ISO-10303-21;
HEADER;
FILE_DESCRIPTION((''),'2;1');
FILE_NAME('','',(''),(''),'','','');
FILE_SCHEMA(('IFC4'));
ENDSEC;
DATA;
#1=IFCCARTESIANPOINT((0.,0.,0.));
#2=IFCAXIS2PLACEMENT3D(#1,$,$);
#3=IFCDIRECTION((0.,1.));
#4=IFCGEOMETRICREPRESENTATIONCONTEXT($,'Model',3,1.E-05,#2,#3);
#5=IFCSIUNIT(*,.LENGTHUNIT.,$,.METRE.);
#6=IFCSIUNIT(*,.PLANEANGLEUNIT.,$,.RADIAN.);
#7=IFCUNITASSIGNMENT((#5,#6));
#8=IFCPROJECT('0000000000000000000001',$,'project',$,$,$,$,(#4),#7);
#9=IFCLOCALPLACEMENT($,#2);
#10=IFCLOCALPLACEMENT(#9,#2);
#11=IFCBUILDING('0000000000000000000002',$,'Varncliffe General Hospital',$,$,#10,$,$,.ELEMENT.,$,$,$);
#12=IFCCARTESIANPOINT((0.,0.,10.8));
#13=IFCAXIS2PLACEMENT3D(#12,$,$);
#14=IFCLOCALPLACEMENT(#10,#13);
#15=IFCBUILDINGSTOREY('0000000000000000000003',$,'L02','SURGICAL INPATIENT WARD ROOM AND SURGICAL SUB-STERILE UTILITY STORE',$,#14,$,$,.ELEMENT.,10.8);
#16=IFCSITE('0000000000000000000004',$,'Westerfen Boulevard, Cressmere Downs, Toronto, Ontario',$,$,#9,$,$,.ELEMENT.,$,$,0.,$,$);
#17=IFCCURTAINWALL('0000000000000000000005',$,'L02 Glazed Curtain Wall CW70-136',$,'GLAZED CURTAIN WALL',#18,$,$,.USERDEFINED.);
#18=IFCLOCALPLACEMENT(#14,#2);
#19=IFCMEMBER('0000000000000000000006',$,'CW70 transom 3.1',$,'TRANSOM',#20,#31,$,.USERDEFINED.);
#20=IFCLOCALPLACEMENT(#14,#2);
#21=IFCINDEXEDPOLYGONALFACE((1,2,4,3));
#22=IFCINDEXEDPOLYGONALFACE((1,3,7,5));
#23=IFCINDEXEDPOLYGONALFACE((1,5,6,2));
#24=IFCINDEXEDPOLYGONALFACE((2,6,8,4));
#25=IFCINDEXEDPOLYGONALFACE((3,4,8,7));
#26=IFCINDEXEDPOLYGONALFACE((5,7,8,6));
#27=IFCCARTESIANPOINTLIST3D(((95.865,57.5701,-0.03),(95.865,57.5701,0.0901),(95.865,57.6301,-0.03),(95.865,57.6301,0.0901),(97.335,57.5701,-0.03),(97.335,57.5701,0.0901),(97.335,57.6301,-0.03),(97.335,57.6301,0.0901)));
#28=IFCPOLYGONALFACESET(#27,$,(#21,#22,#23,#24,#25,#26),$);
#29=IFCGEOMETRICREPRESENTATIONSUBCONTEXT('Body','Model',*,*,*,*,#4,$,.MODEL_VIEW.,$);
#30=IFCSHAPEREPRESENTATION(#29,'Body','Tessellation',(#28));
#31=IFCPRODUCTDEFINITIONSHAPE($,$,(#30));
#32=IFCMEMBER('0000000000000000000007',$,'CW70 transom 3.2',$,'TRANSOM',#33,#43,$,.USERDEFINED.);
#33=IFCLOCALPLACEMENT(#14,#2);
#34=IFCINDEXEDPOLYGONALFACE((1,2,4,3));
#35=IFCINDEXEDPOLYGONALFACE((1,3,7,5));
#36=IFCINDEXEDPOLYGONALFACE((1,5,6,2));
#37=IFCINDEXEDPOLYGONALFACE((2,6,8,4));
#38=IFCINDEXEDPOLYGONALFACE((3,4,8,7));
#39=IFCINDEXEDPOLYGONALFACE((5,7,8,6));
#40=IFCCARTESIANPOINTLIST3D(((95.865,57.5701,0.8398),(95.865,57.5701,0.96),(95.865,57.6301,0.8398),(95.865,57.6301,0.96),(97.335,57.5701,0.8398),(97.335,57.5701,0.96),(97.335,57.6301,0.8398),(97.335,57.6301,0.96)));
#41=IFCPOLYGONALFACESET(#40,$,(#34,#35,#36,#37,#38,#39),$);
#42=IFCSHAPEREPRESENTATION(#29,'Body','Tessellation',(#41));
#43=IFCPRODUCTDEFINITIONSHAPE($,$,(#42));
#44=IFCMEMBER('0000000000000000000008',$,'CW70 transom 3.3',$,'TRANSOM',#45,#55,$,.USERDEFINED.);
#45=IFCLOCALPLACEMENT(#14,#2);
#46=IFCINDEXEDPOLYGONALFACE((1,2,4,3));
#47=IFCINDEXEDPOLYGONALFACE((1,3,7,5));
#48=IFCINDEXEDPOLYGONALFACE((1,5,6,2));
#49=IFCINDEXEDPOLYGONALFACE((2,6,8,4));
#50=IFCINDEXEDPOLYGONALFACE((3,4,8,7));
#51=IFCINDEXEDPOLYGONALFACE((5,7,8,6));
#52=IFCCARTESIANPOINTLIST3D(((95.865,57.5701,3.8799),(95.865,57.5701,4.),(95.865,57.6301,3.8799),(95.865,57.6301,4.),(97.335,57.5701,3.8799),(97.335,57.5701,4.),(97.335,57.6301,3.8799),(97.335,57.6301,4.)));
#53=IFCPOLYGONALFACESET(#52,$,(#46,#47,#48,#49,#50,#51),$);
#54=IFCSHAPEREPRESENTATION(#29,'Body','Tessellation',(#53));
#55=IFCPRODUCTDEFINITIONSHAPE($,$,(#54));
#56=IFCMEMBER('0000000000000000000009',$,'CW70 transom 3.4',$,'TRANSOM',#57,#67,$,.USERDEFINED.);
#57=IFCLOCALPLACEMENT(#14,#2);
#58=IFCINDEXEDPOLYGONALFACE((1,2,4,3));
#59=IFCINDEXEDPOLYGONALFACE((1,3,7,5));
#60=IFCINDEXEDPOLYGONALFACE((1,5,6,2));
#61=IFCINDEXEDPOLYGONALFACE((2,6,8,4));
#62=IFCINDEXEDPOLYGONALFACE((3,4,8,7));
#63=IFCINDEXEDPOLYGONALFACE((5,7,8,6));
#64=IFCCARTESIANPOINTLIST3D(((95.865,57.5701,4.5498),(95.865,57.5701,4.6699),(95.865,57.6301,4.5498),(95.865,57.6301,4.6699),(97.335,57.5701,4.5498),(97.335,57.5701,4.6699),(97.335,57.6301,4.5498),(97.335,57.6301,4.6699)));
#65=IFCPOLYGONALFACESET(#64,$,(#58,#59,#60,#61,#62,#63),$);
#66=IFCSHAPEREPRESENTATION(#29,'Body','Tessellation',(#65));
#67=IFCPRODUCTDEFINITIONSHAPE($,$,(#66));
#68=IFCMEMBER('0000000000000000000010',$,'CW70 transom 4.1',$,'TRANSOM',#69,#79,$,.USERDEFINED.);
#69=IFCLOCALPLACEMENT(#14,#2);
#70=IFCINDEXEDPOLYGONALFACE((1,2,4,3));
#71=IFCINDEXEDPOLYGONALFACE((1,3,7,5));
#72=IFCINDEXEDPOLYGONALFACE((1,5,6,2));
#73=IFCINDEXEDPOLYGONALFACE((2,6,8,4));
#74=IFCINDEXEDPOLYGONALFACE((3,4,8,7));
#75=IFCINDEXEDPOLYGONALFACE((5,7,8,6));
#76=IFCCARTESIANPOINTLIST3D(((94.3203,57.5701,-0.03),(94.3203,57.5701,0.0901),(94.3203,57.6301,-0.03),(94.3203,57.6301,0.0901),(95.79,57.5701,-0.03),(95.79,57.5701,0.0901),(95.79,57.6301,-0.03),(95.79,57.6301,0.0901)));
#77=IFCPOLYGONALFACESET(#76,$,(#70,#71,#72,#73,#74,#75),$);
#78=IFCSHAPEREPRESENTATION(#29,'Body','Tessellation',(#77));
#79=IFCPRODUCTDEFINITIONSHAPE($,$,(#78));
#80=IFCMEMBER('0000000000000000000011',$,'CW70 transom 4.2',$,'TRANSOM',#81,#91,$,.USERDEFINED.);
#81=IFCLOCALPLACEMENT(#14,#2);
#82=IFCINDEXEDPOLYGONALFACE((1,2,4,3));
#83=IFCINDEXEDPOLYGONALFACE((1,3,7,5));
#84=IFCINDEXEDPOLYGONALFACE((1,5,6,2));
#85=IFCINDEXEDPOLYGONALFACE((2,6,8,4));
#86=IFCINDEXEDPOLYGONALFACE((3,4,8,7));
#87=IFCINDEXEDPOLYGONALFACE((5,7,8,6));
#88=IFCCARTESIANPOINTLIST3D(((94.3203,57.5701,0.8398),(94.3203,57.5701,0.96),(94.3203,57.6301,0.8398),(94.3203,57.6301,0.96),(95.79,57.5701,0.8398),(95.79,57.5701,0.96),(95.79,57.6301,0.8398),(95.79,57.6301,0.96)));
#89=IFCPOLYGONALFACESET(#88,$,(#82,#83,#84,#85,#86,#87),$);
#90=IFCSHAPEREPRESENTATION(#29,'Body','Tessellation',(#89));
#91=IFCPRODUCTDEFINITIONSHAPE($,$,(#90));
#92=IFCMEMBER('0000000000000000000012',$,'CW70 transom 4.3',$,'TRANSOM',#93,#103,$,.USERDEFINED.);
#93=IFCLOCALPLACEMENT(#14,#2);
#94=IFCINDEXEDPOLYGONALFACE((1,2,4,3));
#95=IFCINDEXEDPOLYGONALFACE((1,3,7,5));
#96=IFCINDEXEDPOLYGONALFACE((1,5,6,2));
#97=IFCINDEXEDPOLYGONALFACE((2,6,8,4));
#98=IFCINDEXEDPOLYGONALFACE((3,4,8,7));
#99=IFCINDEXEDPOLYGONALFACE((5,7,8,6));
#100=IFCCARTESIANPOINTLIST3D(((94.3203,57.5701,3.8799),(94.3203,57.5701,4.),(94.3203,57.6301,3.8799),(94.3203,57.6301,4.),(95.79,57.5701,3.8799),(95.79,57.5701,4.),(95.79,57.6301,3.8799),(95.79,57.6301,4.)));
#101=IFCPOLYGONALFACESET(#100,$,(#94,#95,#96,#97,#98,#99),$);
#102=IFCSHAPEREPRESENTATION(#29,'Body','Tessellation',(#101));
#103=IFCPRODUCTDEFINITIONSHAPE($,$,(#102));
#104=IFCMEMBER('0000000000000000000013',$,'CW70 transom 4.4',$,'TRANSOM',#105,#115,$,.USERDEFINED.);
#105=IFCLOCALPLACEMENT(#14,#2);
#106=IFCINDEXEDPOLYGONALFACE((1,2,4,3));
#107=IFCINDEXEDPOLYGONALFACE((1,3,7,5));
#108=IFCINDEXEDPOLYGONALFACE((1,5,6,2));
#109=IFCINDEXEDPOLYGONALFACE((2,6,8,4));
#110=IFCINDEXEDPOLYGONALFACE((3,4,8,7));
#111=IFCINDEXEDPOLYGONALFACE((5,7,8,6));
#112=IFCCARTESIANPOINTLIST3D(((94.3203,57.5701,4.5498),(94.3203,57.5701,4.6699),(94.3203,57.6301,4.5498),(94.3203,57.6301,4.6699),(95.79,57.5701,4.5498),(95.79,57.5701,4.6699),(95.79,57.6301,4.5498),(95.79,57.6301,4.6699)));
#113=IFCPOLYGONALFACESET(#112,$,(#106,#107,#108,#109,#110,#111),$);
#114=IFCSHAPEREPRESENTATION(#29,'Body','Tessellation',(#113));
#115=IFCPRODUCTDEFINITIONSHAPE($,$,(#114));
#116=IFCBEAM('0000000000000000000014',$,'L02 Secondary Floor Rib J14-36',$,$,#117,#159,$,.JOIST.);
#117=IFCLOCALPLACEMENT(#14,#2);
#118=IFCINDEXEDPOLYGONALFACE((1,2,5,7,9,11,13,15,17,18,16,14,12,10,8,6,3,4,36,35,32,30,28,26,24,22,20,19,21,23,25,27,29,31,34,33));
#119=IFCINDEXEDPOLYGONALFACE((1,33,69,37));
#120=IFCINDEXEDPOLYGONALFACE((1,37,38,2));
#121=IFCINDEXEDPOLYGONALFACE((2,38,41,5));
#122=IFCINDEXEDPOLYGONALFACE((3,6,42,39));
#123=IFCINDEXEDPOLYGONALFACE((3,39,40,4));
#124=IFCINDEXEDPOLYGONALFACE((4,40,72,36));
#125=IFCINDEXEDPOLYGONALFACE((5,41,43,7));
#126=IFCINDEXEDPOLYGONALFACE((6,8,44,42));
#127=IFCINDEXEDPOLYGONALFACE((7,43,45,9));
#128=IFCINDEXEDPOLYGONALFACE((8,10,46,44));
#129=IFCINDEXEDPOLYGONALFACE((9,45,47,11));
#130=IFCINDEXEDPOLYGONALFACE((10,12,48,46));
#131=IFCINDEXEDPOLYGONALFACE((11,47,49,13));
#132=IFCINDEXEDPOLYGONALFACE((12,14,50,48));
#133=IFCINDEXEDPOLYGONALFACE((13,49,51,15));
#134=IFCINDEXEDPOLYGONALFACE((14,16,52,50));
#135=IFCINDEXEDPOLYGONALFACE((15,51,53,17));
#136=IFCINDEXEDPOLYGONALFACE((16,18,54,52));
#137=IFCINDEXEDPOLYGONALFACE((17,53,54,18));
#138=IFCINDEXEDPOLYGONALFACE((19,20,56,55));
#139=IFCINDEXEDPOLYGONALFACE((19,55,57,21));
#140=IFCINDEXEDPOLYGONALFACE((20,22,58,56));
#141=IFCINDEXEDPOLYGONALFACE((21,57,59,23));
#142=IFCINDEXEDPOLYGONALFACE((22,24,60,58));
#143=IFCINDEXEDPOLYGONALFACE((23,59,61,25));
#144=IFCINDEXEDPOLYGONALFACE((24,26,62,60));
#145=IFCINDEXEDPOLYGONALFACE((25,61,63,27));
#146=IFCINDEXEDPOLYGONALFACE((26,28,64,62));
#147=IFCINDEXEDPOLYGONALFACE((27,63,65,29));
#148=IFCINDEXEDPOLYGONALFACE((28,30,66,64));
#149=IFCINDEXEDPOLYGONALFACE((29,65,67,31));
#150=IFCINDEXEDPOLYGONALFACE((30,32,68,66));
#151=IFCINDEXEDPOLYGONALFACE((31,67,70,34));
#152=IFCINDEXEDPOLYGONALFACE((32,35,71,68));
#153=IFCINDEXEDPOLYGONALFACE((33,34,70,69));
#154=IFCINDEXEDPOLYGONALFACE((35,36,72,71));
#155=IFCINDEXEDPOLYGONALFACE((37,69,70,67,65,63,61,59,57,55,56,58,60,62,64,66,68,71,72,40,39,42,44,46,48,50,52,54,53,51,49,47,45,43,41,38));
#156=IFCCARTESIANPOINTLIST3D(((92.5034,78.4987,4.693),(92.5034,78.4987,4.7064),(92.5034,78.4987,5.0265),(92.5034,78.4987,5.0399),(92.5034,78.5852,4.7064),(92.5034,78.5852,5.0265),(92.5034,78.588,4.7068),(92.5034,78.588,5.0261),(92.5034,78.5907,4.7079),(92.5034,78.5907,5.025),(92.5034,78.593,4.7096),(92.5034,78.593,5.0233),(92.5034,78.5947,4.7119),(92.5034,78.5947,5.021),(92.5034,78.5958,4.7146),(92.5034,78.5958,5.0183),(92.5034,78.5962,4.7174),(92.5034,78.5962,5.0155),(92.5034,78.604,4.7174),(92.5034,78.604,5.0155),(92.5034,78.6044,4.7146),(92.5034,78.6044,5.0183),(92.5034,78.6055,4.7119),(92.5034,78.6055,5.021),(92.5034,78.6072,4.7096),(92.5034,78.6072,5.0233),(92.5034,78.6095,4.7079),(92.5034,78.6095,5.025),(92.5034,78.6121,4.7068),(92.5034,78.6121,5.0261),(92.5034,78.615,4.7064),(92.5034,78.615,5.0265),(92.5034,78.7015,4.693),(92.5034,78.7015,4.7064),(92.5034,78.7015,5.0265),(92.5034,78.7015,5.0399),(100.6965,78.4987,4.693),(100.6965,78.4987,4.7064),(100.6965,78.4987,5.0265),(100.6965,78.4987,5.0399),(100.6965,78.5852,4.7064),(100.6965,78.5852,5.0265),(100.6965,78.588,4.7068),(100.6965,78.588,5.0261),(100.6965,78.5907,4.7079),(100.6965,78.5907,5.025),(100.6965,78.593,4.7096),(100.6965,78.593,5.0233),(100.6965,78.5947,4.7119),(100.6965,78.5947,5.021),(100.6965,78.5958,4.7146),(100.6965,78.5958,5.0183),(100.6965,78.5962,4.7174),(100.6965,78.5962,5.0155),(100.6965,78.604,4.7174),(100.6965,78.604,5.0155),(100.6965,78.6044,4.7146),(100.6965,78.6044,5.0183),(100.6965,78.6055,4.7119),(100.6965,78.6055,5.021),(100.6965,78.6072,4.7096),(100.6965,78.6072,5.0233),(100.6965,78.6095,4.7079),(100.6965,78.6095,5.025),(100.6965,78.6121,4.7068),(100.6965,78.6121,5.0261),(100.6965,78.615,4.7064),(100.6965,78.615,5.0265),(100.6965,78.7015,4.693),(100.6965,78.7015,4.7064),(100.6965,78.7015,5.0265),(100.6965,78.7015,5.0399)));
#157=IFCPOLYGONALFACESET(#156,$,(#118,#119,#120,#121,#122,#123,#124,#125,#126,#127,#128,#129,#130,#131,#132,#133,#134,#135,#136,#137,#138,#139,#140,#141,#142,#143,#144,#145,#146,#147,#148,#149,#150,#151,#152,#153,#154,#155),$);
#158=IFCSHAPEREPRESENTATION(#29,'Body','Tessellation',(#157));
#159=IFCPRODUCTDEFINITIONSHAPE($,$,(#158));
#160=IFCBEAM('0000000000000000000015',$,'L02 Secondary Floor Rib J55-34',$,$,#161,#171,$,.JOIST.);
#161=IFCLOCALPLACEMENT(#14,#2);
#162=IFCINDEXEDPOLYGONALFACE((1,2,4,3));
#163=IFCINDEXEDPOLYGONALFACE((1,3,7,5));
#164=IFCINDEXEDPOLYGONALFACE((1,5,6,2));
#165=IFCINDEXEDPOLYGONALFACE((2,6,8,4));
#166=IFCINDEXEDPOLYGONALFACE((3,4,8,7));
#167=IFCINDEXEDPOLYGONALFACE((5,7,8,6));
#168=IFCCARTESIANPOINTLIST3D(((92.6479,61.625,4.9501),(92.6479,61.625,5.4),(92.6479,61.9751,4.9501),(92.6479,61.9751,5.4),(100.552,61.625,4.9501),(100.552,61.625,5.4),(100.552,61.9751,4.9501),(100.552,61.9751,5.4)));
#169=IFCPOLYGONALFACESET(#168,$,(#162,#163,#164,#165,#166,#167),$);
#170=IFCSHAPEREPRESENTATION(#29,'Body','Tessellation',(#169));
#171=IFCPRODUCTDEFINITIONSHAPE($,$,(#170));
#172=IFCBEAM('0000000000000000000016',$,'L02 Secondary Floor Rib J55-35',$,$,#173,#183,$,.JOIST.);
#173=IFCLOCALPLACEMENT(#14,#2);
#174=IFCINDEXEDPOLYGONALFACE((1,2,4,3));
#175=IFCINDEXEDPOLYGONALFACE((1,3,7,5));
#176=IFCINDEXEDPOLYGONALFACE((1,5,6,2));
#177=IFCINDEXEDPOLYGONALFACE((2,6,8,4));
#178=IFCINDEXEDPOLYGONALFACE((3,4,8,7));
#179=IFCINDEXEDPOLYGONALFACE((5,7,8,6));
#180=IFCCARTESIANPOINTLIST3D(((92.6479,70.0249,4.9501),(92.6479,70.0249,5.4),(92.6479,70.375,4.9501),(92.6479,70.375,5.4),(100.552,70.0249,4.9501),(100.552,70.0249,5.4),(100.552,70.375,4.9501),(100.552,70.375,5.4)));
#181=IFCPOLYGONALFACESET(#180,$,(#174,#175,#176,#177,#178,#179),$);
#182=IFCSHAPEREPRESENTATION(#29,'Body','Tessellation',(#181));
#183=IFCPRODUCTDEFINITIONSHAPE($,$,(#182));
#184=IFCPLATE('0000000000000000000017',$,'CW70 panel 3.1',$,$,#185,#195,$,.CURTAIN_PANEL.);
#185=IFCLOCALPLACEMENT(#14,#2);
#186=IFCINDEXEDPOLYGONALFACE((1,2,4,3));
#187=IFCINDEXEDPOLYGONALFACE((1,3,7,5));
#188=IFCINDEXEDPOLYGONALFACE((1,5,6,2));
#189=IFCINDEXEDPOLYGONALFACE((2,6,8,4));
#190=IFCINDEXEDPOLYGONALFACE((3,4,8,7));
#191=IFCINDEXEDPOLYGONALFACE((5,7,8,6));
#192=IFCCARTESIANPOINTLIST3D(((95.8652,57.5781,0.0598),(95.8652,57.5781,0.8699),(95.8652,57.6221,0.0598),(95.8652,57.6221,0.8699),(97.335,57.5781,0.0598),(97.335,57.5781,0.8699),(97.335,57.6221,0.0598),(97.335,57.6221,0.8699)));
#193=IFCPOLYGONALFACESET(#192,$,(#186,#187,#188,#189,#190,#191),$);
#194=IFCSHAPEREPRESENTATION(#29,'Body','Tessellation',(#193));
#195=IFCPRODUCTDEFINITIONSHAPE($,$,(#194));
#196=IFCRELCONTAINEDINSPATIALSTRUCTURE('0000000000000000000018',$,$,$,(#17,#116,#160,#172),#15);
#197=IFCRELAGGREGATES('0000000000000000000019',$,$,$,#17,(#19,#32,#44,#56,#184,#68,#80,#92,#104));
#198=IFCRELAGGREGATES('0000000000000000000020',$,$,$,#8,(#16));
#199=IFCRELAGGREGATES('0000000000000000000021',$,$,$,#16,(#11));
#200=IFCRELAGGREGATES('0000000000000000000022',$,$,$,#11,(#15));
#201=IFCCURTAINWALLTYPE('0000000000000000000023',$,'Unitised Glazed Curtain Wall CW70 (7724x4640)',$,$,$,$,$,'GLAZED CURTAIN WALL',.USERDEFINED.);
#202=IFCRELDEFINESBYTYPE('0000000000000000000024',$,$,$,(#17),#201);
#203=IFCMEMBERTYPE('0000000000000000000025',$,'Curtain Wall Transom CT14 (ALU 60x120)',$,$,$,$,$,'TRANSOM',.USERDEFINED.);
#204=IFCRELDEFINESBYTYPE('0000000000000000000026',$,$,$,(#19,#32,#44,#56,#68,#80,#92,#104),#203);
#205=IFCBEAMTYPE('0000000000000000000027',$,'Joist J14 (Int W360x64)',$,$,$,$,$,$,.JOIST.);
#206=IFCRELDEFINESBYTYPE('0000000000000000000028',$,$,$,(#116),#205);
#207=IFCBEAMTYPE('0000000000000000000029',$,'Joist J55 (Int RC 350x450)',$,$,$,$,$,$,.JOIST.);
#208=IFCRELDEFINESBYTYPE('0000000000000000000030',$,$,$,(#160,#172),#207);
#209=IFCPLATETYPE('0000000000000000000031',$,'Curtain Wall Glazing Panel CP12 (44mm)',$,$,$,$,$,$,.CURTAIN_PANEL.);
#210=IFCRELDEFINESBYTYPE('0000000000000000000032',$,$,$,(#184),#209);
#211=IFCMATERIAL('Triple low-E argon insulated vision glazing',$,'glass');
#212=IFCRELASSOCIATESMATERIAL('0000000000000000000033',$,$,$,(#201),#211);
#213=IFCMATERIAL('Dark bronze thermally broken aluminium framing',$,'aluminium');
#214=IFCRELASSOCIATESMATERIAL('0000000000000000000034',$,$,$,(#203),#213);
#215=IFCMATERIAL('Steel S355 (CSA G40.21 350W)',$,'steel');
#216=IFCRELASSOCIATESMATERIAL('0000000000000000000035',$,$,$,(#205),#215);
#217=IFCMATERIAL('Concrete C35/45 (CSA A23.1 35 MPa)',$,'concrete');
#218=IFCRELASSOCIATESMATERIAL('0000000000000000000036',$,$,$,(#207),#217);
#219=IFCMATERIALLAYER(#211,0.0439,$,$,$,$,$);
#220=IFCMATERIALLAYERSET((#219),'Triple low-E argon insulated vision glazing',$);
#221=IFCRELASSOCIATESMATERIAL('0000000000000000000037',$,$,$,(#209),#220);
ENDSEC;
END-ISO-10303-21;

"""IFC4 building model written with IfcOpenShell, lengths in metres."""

from ifc_helpers import new_model, si_unit, direction, frame, origin, origin_2d, place, context, subcontext, project, spatial, rectangle, i_section, extrude, material, layer, layer_set, material_profile, profile_set, type_object, element, aggregate, save


model = new_model("IFC4")

# Units and contexts
model_context = context("Model", 3, precision=1e-05, world=origin(), true_north=direction((0.0, 1.0)))
body_context = subcontext(model_context, "Body", "Model", "MODEL_VIEW")
ifc_project = project(units=[si_unit("LENGTHUNIT", "METRE"), si_unit("PLANEANGLEUNIT", "RADIAN")], contexts=[model_context])

# Site, building, storey
site_placement = place(None, origin())
site = spatial("IfcSite", under=ifc_project, at=site_placement, Name="Westerfen Boulevard, Cressmere Downs, Toronto, Ontario", CompositionType="ELEMENT", RefElevation=0.0)
building_placement = place(site_placement, origin())
building = spatial("IfcBuilding", under=site, at=building_placement, Name="Varncliffe General Hospital", CompositionType="ELEMENT")
storey_placement = place(building_placement, frame((0.0, 0.0, 10.8)))
storey = spatial("IfcBuildingStorey", under=building, at=storey_placement, Name="L02", Description="SURGICAL INPATIENT WARD ROOM AND SURGICAL SUB-STERILE UTILITY STORE", CompositionType="ELEMENT", Elevation=10.8)

# Shared definitions
ifc_material_1 = material(Name="Concrete C35/45 (CSA A23.1 35 MPa)", Category="concrete")
ifc_material_2 = material(Name="Steel S355 (CSA G40.21 350W)", Category="steel")

# Curtain wall, members
ifc_material_3 = material(Name="Triple low-E argon insulated vision glazing", Category="glass")
curtain_wall_type = type_object("IfcCurtainWallType", Name="Unitised Glazed Curtain Wall CW70 (7724x4640)", ElementType="GLAZED CURTAIN WALL", PredefinedType="USERDEFINED", material=ifc_material_3)
curtain_wall_placement = place(storey_placement, origin())
curtain_wall = element("IfcCurtainWall", 1, at=curtain_wall_placement, inside=storey, type_object=curtain_wall_type, Name="L02 Glazed Curtain Wall CW70-136", ObjectType="GLAZED CURTAIN WALL", PredefinedType="USERDEFINED")
ifc_material_4 = material(Name="Dark bronze thermally broken aluminium framing", Category="aluminium")
ifc_material_profile_1 = material_profile(ifc_material_4, rectangle(XDim=0.0601, YDim=0.1201, at=origin_2d()), Name="ALU 60x120")
ifc_profile_set_1 = profile_set([ifc_material_profile_1], Name="Dark bronze thermally broken aluminium framing")
member_type_1 = type_object("IfcMemberType", Name="Curtain Wall Transom CT14 (ALU 60x120)", ElementType="TRANSOM", PredefinedType="USERDEFINED", material=ifc_profile_set_1)
member_1_placement = place(storey_placement, frame((97.335, 57.6001, 0.03), z_axis=(-1.0, 0.0, 0.0), x_axis=(0.0, -1.0, 0.0)))
member_1 = element("IfcMember", 2, at=member_1_placement, type_object=member_type_1, Name="CW70 transom 3.1", ObjectType="TRANSOM", PredefinedType="USERDEFINED", context=body_context, shape_type="SweptSolid", body=[
    extrude(rectangle(XDim=0.0601, YDim=0.1201, at=origin_2d()), origin(), (0.0, 0.0, 1.0), 1.47),
])
member_2_placement = place(storey_placement, frame((97.335, 57.6001, 0.8999), z_axis=(-1.0, 0.0, 0.0), x_axis=(0.0, -1.0, 0.0)))
member_2 = element("IfcMember", 3, at=member_2_placement, type_object=member_type_1, Name="CW70 transom 3.2", ObjectType="TRANSOM", PredefinedType="USERDEFINED", context=body_context, shape_type="SweptSolid", body=[
    extrude(rectangle(XDim=0.0601, YDim=0.1201, at=origin_2d()), origin(), (0.0, 0.0, 1.0), 1.47),
])
member_3_placement = place(storey_placement, frame((97.335, 57.6001, 3.9399), z_axis=(-1.0, 0.0, 0.0), x_axis=(0.0, -1.0, 0.0)))
member_3 = element("IfcMember", 4, at=member_3_placement, type_object=member_type_1, Name="CW70 transom 3.3", ObjectType="TRANSOM", PredefinedType="USERDEFINED", context=body_context, shape_type="SweptSolid", body=[
    extrude(rectangle(XDim=0.0601, YDim=0.1201, at=origin_2d()), origin(), (0.0, 0.0, 1.0), 1.47),
])
member_4_placement = place(storey_placement, frame((97.335, 57.6001, 4.6099), z_axis=(-1.0, 0.0, 0.0), x_axis=(0.0, -1.0, 0.0)))
member_4 = element("IfcMember", 5, at=member_4_placement, type_object=member_type_1, Name="CW70 transom 3.4", ObjectType="TRANSOM", PredefinedType="USERDEFINED", context=body_context, shape_type="SweptSolid", body=[
    extrude(rectangle(XDim=0.0601, YDim=0.1201, at=origin_2d()), origin(), (0.0, 0.0, 1.0), 1.47),
])
member_5_placement = place(storey_placement, frame((95.79, 57.6001, 0.03), z_axis=(-1.0, 0.0, 0.0), x_axis=(0.0, -1.0, 0.0)))
member_5 = element("IfcMember", 6, at=member_5_placement, type_object=member_type_1, Name="CW70 transom 4.1", ObjectType="TRANSOM", PredefinedType="USERDEFINED", context=body_context, shape_type="SweptSolid", body=[
    extrude(rectangle(XDim=0.0601, YDim=0.1201, at=origin_2d()), origin(), (0.0, 0.0, 1.0), 1.4697),
])
member_6_placement = place(storey_placement, frame((95.79, 57.6001, 0.8999), z_axis=(-1.0, 0.0, 0.0), x_axis=(0.0, -1.0, 0.0)))
member_6 = element("IfcMember", 7, at=member_6_placement, type_object=member_type_1, Name="CW70 transom 4.2", ObjectType="TRANSOM", PredefinedType="USERDEFINED", context=body_context, shape_type="SweptSolid", body=[
    extrude(rectangle(XDim=0.0601, YDim=0.1201, at=origin_2d()), origin(), (0.0, 0.0, 1.0), 1.4697),
])
member_7_placement = place(storey_placement, frame((95.79, 57.6001, 3.9399), z_axis=(-1.0, 0.0, 0.0), x_axis=(0.0, -1.0, 0.0)))
member_7 = element("IfcMember", 8, at=member_7_placement, type_object=member_type_1, Name="CW70 transom 4.3", ObjectType="TRANSOM", PredefinedType="USERDEFINED", context=body_context, shape_type="SweptSolid", body=[
    extrude(rectangle(XDim=0.0601, YDim=0.1201, at=origin_2d()), origin(), (0.0, 0.0, 1.0), 1.4697),
])
member_8_placement = place(storey_placement, frame((95.79, 57.6001, 4.6099), z_axis=(-1.0, 0.0, 0.0), x_axis=(0.0, -1.0, 0.0)))
member_8 = element("IfcMember", 9, at=member_8_placement, type_object=member_type_1, Name="CW70 transom 4.4", ObjectType="TRANSOM", PredefinedType="USERDEFINED", context=body_context, shape_type="SweptSolid", body=[
    extrude(rectangle(XDim=0.0601, YDim=0.1201, at=origin_2d()), origin(), (0.0, 0.0, 1.0), 1.4697),
])

# Beams
ifc_material_profile_2 = material_profile(ifc_material_2, i_section(OverallWidth=0.2029, OverallDepth=0.3469, WebThickness=0.0078, FlangeThickness=0.0134, FilletRadius=0.011, at=origin_2d()), Name="W360x64")
ifc_profile_set_2 = profile_set([ifc_material_profile_2], Name="Steel S355 (CSA G40.21 350W)")
beam_type_1 = type_object("IfcBeamType", Name="Joist J14 (Int W360x64)", PredefinedType="JOIST", material=ifc_profile_set_2)
beam_1_placement = place(storey_placement, frame((92.5034, 78.6001, 4.8665), z_axis=(1.0, 0.0, 0.0), x_axis=(0.0, 1.0, 0.0)))
element("IfcBeam", 10, at=beam_1_placement, inside=storey, type_object=beam_type_1, Name="L02 Secondary Floor Rib J14-36", PredefinedType="JOIST", context=body_context, shape_type="SweptSolid", body=[
    extrude(i_section(OverallWidth=0.2029, OverallDepth=0.3469, WebThickness=0.0078, FlangeThickness=0.0134, FilletRadius=0.011, at=origin_2d()), origin(), (0.0, 0.0, 1.0), 8.1931),
])
ifc_material_profile_3 = material_profile(ifc_material_1, rectangle(XDim=0.3501, YDim=0.45, at=origin_2d()), Name="RC 350x450")
ifc_profile_set_3 = profile_set([ifc_material_profile_3], Name="Concrete C35/45 (CSA A23.1 35 MPa)")
beam_type_2 = type_object("IfcBeamType", Name="Joist J55 (Int RC 350x450)", PredefinedType="JOIST", material=ifc_profile_set_3)
for number, where, z_axis, x_axis, name in (
    (11, (92.6479, 61.8, 5.175), (1.0, 0.0, 0.0), (0.0, 1.0, 0.0), "L02 Secondary Floor Rib J55-34"),
    (12, (92.6479, 70.2, 5.175), (1.0, 0.0, 0.0), (0.0, 1.0, 0.0), "L02 Secondary Floor Rib J55-35"),
):
    element("IfcBeam", number, at=place(storey_placement, frame(where, z_axis=z_axis, x_axis=x_axis)), inside=storey, type_object=beam_type_2, Name=name, PredefinedType="JOIST", context=body_context, shape_type="SweptSolid", body=[
        extrude(rectangle(XDim=0.3501, YDim=0.45, at=origin_2d()), origin(), (0.0, 0.0, 1.0), 7.9041),
    ])

# Plate
ifc_layer_1 = layer(ifc_material_3, 0.0439)
ifc_layer_set_1 = layer_set([ifc_layer_1], Name="Triple low-E argon insulated vision glazing")
plate_type = type_object("IfcPlateType", Name="Curtain Wall Glazing Panel CP12 (44mm)", PredefinedType="CURTAIN_PANEL", material=ifc_layer_set_1)
plate_1_placement = place(storey_placement, frame((96.6001, 57.6001, 0.0598), z_axis=(0.0, 0.0, 1.0), x_axis=(-1.0, 0.0, 0.0)))
plate_1 = element("IfcPlate", 13, at=plate_1_placement, type_object=plate_type, Name="CW70 panel 3.1", PredefinedType="CURTAIN_PANEL", context=body_context, shape_type="SweptSolid", body=[
    extrude(rectangle(XDim=1.4697, YDim=0.0439, at=origin_2d()), origin(), (0.0, 0.0, 1.0), 0.8101),
])
aggregate(curtain_wall, [member_1, member_2, member_3, member_4, plate_1, member_5, member_6, member_7, member_8])

save(model, "model.ifc")
